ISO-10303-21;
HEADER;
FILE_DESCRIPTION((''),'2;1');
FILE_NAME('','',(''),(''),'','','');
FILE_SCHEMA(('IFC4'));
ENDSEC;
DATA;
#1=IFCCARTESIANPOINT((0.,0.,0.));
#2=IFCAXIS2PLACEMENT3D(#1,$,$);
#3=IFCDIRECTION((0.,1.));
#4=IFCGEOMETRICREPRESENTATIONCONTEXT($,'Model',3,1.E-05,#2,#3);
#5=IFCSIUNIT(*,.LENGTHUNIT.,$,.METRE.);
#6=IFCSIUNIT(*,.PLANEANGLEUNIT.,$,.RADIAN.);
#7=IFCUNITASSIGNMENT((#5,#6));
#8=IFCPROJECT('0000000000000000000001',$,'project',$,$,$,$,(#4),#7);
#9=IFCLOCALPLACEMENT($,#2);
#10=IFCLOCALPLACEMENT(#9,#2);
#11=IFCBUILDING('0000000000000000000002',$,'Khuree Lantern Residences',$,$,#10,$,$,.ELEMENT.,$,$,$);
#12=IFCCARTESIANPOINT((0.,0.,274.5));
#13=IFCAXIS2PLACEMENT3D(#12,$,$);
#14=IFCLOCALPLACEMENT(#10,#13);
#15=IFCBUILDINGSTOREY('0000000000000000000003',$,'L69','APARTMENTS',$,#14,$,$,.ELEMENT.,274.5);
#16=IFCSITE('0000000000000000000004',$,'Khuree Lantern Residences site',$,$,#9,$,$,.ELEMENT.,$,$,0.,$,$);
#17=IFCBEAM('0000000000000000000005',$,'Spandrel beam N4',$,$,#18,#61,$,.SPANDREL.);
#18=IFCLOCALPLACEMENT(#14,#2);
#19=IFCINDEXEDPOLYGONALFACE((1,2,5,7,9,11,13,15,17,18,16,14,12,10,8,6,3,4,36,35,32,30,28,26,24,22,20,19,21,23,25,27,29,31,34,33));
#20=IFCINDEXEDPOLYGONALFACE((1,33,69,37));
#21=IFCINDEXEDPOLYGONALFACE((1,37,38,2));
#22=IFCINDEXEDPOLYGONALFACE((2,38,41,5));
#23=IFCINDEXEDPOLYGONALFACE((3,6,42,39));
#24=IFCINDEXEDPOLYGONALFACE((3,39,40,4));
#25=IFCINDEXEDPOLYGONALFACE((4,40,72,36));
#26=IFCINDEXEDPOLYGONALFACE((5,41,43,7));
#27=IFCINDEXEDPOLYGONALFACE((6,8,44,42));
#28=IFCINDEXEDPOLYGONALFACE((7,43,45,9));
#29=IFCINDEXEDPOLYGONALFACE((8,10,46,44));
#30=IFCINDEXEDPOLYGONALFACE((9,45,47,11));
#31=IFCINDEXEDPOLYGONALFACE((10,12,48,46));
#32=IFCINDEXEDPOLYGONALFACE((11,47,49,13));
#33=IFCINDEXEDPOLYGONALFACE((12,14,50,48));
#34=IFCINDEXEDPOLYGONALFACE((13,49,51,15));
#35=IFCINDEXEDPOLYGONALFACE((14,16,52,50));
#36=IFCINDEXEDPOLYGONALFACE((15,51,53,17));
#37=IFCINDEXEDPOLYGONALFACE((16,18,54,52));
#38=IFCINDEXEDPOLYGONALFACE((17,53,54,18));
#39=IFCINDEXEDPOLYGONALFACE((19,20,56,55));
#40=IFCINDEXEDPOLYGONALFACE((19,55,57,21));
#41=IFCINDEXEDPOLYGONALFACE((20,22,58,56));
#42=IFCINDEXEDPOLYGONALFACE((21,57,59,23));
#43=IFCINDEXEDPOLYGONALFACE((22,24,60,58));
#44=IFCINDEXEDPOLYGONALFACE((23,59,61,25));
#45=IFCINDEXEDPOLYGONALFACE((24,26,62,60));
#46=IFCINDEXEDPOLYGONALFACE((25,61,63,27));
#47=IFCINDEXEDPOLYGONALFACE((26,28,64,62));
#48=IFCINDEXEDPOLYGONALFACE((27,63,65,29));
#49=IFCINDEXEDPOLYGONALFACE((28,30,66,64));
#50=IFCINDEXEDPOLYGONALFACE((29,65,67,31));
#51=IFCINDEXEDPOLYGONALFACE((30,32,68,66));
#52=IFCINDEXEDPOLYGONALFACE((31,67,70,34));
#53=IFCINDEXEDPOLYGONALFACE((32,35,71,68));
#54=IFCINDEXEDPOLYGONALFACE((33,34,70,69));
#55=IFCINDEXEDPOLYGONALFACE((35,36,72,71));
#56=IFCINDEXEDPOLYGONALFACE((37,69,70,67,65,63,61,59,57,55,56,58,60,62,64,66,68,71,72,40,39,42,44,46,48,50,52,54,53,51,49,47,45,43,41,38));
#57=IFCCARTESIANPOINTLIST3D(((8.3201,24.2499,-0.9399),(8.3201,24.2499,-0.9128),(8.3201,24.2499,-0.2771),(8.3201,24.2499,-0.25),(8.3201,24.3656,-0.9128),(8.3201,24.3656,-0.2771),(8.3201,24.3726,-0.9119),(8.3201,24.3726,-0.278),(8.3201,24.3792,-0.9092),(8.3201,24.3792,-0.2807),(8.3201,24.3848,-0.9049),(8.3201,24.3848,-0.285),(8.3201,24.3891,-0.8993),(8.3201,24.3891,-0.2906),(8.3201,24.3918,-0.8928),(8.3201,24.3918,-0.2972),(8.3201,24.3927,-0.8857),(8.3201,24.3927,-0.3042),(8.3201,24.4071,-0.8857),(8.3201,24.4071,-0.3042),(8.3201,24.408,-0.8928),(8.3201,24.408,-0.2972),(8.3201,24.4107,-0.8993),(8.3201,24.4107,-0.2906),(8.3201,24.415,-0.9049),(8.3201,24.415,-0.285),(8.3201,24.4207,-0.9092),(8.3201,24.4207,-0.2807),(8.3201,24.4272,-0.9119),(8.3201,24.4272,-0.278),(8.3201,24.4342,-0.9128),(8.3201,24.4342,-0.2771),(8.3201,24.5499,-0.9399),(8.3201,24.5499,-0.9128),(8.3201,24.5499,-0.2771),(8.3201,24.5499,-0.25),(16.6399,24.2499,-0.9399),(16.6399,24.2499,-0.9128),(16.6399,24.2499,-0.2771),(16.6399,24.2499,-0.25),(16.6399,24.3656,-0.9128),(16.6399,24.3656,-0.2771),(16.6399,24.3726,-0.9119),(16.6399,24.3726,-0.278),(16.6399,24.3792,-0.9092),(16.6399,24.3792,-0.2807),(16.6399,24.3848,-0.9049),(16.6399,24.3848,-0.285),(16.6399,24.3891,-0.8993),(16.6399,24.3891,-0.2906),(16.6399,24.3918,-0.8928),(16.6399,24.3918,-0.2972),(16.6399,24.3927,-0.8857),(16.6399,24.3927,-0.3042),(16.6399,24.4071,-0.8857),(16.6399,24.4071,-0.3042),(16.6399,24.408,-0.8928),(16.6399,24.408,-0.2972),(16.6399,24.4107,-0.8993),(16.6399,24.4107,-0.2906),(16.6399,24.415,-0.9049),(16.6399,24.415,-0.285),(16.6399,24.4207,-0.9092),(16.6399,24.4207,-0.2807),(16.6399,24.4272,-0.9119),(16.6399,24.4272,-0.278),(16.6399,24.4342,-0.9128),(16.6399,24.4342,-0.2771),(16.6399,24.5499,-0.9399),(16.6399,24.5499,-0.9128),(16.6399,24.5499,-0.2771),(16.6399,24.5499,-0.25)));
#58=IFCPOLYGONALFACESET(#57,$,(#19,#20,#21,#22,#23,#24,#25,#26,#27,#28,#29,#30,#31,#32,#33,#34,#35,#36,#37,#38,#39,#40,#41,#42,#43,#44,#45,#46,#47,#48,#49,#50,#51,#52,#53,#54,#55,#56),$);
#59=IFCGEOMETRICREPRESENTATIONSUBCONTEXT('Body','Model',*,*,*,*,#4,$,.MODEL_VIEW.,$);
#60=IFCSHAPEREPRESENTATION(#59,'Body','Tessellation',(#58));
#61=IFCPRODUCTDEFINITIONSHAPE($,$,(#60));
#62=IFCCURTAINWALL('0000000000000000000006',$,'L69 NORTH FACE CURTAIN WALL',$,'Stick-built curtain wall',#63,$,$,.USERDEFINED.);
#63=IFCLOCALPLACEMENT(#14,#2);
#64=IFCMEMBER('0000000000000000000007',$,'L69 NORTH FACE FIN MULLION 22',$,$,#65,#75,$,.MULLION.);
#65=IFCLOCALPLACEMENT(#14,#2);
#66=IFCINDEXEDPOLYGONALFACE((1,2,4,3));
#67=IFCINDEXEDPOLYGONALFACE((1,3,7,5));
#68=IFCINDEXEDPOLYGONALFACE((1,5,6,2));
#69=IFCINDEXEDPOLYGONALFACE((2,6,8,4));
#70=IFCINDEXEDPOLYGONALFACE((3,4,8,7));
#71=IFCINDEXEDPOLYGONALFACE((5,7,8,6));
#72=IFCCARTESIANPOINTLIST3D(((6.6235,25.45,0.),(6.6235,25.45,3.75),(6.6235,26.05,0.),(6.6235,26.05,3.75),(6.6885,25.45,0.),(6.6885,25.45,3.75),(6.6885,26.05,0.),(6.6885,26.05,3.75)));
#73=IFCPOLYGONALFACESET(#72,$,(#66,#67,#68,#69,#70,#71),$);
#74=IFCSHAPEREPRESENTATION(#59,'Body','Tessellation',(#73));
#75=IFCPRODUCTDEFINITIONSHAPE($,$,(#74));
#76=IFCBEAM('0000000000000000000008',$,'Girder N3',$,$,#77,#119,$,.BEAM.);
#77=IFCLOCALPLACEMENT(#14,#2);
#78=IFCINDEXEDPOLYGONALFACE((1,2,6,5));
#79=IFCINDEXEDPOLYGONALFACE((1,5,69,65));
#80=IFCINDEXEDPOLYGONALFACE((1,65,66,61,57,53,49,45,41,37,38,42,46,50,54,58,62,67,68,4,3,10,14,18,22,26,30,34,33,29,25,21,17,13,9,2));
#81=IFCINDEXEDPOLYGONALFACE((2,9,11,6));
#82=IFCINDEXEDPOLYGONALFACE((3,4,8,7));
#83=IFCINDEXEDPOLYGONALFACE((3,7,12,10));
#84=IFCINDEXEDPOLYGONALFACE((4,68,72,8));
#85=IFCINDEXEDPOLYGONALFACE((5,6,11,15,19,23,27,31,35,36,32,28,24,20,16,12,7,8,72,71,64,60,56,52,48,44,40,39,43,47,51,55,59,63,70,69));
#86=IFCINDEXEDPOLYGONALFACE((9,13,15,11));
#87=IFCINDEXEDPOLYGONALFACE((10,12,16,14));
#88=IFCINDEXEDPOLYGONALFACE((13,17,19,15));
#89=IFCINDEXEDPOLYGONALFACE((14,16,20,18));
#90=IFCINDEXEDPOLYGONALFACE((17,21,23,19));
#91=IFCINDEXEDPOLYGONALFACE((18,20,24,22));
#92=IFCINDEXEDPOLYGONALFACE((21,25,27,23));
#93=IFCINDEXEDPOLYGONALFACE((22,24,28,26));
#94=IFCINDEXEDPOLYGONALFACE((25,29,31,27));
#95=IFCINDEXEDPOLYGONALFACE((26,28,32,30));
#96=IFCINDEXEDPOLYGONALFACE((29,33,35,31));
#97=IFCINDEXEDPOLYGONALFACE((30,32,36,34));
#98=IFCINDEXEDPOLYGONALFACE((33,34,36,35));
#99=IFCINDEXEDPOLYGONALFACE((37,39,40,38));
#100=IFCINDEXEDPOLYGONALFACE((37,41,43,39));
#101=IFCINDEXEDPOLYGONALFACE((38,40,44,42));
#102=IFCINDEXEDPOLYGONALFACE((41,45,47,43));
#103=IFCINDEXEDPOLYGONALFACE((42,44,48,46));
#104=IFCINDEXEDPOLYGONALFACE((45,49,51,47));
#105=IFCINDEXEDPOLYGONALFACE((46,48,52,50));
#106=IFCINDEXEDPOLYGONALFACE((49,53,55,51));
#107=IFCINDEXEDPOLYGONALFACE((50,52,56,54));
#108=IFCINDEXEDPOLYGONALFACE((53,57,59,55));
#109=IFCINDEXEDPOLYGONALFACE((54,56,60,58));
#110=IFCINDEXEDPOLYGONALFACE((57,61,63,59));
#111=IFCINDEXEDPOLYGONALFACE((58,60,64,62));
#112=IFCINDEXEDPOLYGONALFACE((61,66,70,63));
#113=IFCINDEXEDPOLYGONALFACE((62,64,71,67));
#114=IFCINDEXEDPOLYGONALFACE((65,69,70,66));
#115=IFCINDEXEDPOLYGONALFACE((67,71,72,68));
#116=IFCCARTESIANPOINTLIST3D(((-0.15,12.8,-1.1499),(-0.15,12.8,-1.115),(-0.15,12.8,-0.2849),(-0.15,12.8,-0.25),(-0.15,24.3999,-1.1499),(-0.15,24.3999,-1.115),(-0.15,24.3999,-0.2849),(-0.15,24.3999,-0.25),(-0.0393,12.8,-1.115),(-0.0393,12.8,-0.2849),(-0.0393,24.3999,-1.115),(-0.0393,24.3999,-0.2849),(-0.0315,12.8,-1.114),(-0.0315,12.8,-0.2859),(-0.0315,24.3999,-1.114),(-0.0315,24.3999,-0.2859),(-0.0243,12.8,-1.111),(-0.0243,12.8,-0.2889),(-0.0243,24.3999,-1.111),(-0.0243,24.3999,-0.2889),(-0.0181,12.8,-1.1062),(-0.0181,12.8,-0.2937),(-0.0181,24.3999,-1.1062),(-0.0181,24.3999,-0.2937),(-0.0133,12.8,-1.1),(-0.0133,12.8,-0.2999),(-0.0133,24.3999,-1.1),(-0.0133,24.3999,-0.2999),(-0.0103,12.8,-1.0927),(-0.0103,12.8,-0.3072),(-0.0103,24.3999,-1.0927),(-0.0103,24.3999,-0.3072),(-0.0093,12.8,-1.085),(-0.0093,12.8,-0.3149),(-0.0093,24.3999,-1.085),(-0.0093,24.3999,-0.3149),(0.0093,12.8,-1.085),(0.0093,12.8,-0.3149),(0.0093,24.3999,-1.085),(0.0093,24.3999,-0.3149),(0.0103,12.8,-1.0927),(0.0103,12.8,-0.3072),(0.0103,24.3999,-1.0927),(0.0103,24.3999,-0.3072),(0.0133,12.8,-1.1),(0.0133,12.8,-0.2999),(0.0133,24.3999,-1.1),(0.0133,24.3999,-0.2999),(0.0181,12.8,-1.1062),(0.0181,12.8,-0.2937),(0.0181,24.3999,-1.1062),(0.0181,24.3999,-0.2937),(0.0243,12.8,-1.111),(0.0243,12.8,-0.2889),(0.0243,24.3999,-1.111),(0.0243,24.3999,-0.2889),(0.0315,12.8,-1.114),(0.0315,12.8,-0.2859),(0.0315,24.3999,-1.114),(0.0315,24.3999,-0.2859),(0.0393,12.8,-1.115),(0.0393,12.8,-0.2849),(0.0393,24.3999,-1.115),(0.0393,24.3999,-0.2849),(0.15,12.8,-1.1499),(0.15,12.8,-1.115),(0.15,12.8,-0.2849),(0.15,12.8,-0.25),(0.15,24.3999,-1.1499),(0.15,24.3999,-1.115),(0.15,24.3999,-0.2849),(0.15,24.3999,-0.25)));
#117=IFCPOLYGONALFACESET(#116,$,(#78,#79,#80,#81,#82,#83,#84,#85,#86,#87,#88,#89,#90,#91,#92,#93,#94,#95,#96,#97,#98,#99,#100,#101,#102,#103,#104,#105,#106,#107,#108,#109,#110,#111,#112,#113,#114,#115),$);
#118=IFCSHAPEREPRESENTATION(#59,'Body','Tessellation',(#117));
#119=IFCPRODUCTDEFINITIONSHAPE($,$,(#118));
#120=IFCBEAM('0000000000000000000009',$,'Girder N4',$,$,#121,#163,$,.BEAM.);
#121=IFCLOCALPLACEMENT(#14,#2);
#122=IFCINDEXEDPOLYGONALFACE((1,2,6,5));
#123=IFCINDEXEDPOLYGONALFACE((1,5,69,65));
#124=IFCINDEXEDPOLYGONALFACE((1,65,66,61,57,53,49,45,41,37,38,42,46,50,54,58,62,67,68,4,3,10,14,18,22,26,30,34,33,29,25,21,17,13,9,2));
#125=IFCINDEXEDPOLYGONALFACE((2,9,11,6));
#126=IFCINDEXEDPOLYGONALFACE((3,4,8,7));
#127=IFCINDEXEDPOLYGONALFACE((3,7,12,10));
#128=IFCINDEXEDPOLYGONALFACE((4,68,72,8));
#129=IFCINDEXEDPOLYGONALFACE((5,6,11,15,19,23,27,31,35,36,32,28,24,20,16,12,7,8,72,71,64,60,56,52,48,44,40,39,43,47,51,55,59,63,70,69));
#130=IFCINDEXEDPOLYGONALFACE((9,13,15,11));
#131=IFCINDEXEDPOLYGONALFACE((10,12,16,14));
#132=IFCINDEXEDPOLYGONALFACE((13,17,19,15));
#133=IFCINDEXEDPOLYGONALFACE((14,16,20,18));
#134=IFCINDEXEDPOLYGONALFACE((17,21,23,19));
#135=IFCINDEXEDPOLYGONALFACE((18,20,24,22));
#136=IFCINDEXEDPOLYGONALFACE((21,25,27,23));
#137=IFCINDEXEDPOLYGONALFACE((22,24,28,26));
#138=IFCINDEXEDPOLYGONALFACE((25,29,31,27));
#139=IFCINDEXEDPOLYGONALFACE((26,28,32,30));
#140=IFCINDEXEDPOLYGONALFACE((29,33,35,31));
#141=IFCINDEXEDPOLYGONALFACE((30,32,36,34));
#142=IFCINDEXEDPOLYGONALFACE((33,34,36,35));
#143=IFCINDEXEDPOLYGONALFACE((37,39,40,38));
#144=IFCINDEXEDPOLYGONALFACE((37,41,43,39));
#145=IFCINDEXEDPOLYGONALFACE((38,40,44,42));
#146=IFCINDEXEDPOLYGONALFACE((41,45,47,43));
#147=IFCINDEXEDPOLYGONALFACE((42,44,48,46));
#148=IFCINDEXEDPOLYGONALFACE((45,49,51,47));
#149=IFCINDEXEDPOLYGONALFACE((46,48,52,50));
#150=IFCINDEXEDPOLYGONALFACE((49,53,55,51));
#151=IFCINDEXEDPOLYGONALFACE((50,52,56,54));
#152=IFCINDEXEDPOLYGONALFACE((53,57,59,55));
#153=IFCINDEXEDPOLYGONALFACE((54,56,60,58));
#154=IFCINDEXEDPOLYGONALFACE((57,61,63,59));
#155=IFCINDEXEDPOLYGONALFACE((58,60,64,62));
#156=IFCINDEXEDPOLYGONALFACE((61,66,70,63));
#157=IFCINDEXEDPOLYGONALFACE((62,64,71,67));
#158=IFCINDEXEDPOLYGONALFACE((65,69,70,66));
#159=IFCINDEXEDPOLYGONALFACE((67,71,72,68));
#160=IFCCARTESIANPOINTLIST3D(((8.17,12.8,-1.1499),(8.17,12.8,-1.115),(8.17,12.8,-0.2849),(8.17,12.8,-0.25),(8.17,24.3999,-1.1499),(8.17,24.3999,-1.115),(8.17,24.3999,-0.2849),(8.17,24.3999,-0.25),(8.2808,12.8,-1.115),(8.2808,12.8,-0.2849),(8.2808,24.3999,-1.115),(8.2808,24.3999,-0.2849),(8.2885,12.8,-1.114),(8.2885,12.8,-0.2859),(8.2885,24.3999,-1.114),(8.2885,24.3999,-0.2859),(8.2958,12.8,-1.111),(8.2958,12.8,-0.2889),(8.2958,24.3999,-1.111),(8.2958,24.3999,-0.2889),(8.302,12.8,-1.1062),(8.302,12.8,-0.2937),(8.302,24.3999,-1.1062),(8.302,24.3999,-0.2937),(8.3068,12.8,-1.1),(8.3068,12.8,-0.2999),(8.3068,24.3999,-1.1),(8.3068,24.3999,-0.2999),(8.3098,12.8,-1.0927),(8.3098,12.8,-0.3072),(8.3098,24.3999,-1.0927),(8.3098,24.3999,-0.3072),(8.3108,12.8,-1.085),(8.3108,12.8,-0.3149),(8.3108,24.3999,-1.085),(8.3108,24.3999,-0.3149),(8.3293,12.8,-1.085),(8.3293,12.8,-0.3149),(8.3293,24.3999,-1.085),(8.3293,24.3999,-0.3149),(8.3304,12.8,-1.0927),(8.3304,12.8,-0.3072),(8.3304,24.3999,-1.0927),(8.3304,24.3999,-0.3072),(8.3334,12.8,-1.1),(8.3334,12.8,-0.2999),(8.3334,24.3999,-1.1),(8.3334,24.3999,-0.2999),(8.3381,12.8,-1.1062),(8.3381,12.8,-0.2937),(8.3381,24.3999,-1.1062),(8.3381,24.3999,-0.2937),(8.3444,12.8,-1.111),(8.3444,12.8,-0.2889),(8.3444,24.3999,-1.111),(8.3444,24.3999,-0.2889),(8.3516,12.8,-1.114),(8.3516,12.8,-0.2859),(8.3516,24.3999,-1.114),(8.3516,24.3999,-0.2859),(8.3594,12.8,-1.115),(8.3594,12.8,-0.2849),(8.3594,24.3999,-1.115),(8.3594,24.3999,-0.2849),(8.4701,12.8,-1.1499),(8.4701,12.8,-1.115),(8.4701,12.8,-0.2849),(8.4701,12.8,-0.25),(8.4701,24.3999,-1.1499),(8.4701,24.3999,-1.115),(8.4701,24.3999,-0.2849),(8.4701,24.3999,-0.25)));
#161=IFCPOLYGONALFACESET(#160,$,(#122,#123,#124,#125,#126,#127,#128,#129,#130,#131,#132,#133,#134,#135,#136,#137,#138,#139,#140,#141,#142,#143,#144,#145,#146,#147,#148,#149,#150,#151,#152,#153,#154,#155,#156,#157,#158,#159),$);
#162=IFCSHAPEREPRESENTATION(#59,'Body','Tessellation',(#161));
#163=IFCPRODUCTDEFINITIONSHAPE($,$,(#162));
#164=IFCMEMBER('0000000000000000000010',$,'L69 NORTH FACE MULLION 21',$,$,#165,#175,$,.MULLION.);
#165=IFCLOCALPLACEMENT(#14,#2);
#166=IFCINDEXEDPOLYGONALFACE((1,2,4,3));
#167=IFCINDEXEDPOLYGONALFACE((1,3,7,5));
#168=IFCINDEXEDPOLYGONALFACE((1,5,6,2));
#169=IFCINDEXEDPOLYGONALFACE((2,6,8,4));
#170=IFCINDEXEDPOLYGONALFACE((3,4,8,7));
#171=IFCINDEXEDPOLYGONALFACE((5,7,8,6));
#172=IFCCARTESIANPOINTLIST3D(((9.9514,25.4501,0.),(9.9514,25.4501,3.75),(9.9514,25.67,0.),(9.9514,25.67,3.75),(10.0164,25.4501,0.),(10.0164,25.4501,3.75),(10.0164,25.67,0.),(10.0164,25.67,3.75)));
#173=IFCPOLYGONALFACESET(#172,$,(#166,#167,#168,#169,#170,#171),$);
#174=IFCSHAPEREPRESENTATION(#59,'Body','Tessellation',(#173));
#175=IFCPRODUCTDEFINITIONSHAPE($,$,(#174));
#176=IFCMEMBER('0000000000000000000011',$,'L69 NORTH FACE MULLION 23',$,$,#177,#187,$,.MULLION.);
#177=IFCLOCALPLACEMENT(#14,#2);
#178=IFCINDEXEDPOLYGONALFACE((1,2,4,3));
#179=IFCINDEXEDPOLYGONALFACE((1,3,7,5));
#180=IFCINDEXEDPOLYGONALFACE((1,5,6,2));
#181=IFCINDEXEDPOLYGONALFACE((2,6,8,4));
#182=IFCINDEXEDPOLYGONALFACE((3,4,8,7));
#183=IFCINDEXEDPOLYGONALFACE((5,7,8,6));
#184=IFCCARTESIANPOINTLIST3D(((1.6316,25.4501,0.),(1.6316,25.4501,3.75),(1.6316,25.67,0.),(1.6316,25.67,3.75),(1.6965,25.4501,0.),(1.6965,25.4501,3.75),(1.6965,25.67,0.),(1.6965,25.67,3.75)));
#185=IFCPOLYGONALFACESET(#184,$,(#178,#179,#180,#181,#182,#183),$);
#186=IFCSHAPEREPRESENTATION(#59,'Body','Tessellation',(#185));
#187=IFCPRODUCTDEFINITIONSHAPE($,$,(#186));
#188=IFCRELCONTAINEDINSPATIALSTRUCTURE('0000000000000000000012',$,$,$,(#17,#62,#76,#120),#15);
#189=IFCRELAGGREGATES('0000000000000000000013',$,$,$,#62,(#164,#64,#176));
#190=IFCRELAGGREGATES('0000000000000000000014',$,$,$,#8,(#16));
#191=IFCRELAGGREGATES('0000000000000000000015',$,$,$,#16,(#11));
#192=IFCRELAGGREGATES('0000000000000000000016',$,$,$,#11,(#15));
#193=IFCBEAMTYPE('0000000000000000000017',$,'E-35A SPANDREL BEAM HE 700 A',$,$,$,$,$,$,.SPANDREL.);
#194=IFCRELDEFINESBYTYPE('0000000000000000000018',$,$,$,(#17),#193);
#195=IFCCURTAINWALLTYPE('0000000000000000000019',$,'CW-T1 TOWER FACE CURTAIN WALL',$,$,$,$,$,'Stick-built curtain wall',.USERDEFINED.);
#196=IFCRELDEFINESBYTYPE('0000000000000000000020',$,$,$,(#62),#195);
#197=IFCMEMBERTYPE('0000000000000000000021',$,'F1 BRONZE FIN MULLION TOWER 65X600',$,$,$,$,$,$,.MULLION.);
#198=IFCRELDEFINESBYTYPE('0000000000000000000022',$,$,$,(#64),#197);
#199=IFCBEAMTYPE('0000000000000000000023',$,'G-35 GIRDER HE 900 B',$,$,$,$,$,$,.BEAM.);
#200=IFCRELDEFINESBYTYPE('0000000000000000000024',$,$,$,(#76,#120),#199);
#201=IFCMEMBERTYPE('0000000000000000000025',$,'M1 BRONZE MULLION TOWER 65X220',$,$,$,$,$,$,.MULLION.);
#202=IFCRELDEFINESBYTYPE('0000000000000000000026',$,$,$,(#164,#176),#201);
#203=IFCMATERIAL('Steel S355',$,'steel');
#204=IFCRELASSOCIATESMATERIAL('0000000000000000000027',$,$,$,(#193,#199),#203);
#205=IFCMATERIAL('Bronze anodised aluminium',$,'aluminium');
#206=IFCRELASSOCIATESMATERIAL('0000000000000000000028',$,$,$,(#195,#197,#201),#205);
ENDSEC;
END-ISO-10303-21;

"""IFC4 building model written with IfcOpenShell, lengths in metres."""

from ifc_helpers import new_model, si_unit, direction, frame, origin, origin_2d, place, context, subcontext, project, spatial, rectangle, i_section, extrude, material, material_profile, profile_set, type_object, element, aggregate, save


model = new_model("IFC4")

# Units and contexts
model_context = context("Model", 3, precision=1e-05, world=origin(), true_north=direction((0.0, 1.0)))
body_context = subcontext(model_context, "Body", "Model", "MODEL_VIEW")
ifc_project = project(units=[si_unit("LENGTHUNIT", "METRE"), si_unit("PLANEANGLEUNIT", "RADIAN")], contexts=[model_context])

# Site, building, storey
site_placement = place(None, origin())
site = spatial("IfcSite", under=ifc_project, at=site_placement, Name="Khuree Lantern Residences site", CompositionType="ELEMENT", RefElevation=0.0)
building_placement = place(site_placement, origin())
building = spatial("IfcBuilding", under=site, at=building_placement, Name="Khuree Lantern Residences", CompositionType="ELEMENT")
storey_placement = place(building_placement, frame((0.0, 0.0, 274.5)))
storey = spatial("IfcBuildingStorey", under=building, at=storey_placement, Name="L69", Description="APARTMENTS", CompositionType="ELEMENT", Elevation=274.5)

# Beam
ifc_material_1 = material(Name="Steel S355", Category="steel")
ifc_material_profile_1 = material_profile(ifc_material_1, i_section(OverallWidth=0.3, OverallDepth=0.6899, WebThickness=0.0144, FlangeThickness=0.0271, FilletRadius=0.0271, at=origin_2d()), Name="HE 700 A")
ifc_profile_set_1 = profile_set([ifc_material_profile_1], Name="Steel S355")
beam_type_1 = type_object("IfcBeamType", Name="E-35A SPANDREL BEAM HE 700 A", PredefinedType="SPANDREL", material=ifc_profile_set_1)
beam_1_placement = place(storey_placement, frame((8.3201, 24.3999, -0.595), z_axis=(1.0, 0.0, 0.0), x_axis=(0.0, 1.0, 0.0)))
element("IfcBeam", 1, at=beam_1_placement, inside=storey, type_object=beam_type_1, Name="Spandrel beam N4", PredefinedType="SPANDREL", context=body_context, shape_type="SweptSolid", body=[
    extrude(i_section(OverallWidth=0.3, OverallDepth=0.6899, WebThickness=0.0144, FlangeThickness=0.0271, FilletRadius=0.0271, at=origin_2d()), origin(), (0.0, 0.0, 1.0), 8.3198),
])

# Curtain wall, member
ifc_material_2 = material(Name="Bronze anodised aluminium", Category="aluminium")
curtain_wall_type = type_object("IfcCurtainWallType", Name="CW-T1 TOWER FACE CURTAIN WALL", ElementType="Stick-built curtain wall", PredefinedType="USERDEFINED", material=ifc_material_2)
curtain_wall_placement = place(storey_placement, origin())
curtain_wall = element("IfcCurtainWall", 2, at=curtain_wall_placement, inside=storey, type_object=curtain_wall_type, Name="L69 NORTH FACE CURTAIN WALL", ObjectType="Stick-built curtain wall", PredefinedType="USERDEFINED")
ifc_material_profile_2 = material_profile(ifc_material_2, rectangle(XDim=0.0649, YDim=0.6001, at=origin_2d()), Name="F1 65X600")
ifc_profile_set_2 = profile_set([ifc_material_profile_2], Name="Bronze anodised aluminium")
member_type_1 = type_object("IfcMemberType", Name="F1 BRONZE FIN MULLION TOWER 65X600", PredefinedType="MULLION", material=ifc_profile_set_2)
member_1_placement = place(storey_placement, frame((6.656, 25.75, 0.0), z_axis=(0.0, 0.0, 1.0), x_axis=(-1.0, 0.0, 0.0)))
member_1 = element("IfcMember", 3, at=member_1_placement, type_object=member_type_1, Name="L69 NORTH FACE FIN MULLION 22", PredefinedType="MULLION", context=body_context, shape_type="SweptSolid", body=[
    extrude(rectangle(XDim=0.0649, YDim=0.6001, at=origin_2d()), origin(), (0.0, 0.0, 1.0), 3.75),
])

# Beams
ifc_material_profile_3 = material_profile(ifc_material_1, i_section(OverallWidth=0.3, OverallDepth=0.8999, WebThickness=0.0186, FlangeThickness=0.0349, FilletRadius=0.03, at=origin_2d()), Name="HE 900 B")
ifc_profile_set_3 = profile_set([ifc_material_profile_3], Name="Steel S355")
beam_type_2 = type_object("IfcBeamType", Name="G-35 GIRDER HE 900 B", PredefinedType="BEAM", material=ifc_profile_set_3)
for number, where, z_axis, x_axis, name in (
    (4, (0.0, 24.3999, -0.7), (0.0, -1.0, 0.0), (1.0, 0.0, 0.0), "Girder N3"),
    (5, (8.3201, 24.3999, -0.7), (0.0, -1.0, 0.0), (1.0, 0.0, 0.0), "Girder N4"),
):
    element("IfcBeam", number, at=place(storey_placement, frame(where, z_axis=z_axis, x_axis=x_axis)), inside=storey, type_object=beam_type_2, Name=name, PredefinedType="BEAM", context=body_context, shape_type="SweptSolid", body=[
        extrude(i_section(OverallWidth=0.3, OverallDepth=0.8999, WebThickness=0.0186, FlangeThickness=0.0349, FilletRadius=0.03, at=origin_2d()), origin(), (0.0, 0.0, 1.0), 11.5999),
    ])

# Members
ifc_material_profile_4 = material_profile(ifc_material_2, rectangle(XDim=0.0649, YDim=0.22, at=origin_2d()), Name="M1 65X220")
ifc_profile_set_4 = profile_set([ifc_material_profile_4], Name="Bronze anodised aluminium")
member_type_2 = type_object("IfcMemberType", Name="M1 BRONZE MULLION TOWER 65X220", PredefinedType="MULLION", material=ifc_profile_set_4)
member_2_placement = place(storey_placement, frame((9.9839, 25.5601, 0.0), z_axis=(0.0, 0.0, 1.0), x_axis=(-1.0, 0.0, 0.0)))
member_2 = element("IfcMember", 6, at=member_2_placement, type_object=member_type_2, Name="L69 NORTH FACE MULLION 21", PredefinedType="MULLION", context=body_context, shape_type="SweptSolid", body=[
    extrude(rectangle(XDim=0.0649, YDim=0.22, at=origin_2d()), origin(), (0.0, 0.0, 1.0), 3.75),
])
member_3_placement = place(storey_placement, frame((1.6641, 25.5601, 0.0), z_axis=(0.0, 0.0, 1.0), x_axis=(-1.0, 0.0, 0.0)))
member_3 = element("IfcMember", 7, at=member_3_placement, type_object=member_type_2, Name="L69 NORTH FACE MULLION 23", PredefinedType="MULLION", context=body_context, shape_type="SweptSolid", body=[
    extrude(rectangle(XDim=0.0649, YDim=0.22, at=origin_2d()), origin(), (0.0, 0.0, 1.0), 3.75),
])

aggregate(curtain_wall, [member_2, member_1, member_3])

save(model, "model.ifc")
